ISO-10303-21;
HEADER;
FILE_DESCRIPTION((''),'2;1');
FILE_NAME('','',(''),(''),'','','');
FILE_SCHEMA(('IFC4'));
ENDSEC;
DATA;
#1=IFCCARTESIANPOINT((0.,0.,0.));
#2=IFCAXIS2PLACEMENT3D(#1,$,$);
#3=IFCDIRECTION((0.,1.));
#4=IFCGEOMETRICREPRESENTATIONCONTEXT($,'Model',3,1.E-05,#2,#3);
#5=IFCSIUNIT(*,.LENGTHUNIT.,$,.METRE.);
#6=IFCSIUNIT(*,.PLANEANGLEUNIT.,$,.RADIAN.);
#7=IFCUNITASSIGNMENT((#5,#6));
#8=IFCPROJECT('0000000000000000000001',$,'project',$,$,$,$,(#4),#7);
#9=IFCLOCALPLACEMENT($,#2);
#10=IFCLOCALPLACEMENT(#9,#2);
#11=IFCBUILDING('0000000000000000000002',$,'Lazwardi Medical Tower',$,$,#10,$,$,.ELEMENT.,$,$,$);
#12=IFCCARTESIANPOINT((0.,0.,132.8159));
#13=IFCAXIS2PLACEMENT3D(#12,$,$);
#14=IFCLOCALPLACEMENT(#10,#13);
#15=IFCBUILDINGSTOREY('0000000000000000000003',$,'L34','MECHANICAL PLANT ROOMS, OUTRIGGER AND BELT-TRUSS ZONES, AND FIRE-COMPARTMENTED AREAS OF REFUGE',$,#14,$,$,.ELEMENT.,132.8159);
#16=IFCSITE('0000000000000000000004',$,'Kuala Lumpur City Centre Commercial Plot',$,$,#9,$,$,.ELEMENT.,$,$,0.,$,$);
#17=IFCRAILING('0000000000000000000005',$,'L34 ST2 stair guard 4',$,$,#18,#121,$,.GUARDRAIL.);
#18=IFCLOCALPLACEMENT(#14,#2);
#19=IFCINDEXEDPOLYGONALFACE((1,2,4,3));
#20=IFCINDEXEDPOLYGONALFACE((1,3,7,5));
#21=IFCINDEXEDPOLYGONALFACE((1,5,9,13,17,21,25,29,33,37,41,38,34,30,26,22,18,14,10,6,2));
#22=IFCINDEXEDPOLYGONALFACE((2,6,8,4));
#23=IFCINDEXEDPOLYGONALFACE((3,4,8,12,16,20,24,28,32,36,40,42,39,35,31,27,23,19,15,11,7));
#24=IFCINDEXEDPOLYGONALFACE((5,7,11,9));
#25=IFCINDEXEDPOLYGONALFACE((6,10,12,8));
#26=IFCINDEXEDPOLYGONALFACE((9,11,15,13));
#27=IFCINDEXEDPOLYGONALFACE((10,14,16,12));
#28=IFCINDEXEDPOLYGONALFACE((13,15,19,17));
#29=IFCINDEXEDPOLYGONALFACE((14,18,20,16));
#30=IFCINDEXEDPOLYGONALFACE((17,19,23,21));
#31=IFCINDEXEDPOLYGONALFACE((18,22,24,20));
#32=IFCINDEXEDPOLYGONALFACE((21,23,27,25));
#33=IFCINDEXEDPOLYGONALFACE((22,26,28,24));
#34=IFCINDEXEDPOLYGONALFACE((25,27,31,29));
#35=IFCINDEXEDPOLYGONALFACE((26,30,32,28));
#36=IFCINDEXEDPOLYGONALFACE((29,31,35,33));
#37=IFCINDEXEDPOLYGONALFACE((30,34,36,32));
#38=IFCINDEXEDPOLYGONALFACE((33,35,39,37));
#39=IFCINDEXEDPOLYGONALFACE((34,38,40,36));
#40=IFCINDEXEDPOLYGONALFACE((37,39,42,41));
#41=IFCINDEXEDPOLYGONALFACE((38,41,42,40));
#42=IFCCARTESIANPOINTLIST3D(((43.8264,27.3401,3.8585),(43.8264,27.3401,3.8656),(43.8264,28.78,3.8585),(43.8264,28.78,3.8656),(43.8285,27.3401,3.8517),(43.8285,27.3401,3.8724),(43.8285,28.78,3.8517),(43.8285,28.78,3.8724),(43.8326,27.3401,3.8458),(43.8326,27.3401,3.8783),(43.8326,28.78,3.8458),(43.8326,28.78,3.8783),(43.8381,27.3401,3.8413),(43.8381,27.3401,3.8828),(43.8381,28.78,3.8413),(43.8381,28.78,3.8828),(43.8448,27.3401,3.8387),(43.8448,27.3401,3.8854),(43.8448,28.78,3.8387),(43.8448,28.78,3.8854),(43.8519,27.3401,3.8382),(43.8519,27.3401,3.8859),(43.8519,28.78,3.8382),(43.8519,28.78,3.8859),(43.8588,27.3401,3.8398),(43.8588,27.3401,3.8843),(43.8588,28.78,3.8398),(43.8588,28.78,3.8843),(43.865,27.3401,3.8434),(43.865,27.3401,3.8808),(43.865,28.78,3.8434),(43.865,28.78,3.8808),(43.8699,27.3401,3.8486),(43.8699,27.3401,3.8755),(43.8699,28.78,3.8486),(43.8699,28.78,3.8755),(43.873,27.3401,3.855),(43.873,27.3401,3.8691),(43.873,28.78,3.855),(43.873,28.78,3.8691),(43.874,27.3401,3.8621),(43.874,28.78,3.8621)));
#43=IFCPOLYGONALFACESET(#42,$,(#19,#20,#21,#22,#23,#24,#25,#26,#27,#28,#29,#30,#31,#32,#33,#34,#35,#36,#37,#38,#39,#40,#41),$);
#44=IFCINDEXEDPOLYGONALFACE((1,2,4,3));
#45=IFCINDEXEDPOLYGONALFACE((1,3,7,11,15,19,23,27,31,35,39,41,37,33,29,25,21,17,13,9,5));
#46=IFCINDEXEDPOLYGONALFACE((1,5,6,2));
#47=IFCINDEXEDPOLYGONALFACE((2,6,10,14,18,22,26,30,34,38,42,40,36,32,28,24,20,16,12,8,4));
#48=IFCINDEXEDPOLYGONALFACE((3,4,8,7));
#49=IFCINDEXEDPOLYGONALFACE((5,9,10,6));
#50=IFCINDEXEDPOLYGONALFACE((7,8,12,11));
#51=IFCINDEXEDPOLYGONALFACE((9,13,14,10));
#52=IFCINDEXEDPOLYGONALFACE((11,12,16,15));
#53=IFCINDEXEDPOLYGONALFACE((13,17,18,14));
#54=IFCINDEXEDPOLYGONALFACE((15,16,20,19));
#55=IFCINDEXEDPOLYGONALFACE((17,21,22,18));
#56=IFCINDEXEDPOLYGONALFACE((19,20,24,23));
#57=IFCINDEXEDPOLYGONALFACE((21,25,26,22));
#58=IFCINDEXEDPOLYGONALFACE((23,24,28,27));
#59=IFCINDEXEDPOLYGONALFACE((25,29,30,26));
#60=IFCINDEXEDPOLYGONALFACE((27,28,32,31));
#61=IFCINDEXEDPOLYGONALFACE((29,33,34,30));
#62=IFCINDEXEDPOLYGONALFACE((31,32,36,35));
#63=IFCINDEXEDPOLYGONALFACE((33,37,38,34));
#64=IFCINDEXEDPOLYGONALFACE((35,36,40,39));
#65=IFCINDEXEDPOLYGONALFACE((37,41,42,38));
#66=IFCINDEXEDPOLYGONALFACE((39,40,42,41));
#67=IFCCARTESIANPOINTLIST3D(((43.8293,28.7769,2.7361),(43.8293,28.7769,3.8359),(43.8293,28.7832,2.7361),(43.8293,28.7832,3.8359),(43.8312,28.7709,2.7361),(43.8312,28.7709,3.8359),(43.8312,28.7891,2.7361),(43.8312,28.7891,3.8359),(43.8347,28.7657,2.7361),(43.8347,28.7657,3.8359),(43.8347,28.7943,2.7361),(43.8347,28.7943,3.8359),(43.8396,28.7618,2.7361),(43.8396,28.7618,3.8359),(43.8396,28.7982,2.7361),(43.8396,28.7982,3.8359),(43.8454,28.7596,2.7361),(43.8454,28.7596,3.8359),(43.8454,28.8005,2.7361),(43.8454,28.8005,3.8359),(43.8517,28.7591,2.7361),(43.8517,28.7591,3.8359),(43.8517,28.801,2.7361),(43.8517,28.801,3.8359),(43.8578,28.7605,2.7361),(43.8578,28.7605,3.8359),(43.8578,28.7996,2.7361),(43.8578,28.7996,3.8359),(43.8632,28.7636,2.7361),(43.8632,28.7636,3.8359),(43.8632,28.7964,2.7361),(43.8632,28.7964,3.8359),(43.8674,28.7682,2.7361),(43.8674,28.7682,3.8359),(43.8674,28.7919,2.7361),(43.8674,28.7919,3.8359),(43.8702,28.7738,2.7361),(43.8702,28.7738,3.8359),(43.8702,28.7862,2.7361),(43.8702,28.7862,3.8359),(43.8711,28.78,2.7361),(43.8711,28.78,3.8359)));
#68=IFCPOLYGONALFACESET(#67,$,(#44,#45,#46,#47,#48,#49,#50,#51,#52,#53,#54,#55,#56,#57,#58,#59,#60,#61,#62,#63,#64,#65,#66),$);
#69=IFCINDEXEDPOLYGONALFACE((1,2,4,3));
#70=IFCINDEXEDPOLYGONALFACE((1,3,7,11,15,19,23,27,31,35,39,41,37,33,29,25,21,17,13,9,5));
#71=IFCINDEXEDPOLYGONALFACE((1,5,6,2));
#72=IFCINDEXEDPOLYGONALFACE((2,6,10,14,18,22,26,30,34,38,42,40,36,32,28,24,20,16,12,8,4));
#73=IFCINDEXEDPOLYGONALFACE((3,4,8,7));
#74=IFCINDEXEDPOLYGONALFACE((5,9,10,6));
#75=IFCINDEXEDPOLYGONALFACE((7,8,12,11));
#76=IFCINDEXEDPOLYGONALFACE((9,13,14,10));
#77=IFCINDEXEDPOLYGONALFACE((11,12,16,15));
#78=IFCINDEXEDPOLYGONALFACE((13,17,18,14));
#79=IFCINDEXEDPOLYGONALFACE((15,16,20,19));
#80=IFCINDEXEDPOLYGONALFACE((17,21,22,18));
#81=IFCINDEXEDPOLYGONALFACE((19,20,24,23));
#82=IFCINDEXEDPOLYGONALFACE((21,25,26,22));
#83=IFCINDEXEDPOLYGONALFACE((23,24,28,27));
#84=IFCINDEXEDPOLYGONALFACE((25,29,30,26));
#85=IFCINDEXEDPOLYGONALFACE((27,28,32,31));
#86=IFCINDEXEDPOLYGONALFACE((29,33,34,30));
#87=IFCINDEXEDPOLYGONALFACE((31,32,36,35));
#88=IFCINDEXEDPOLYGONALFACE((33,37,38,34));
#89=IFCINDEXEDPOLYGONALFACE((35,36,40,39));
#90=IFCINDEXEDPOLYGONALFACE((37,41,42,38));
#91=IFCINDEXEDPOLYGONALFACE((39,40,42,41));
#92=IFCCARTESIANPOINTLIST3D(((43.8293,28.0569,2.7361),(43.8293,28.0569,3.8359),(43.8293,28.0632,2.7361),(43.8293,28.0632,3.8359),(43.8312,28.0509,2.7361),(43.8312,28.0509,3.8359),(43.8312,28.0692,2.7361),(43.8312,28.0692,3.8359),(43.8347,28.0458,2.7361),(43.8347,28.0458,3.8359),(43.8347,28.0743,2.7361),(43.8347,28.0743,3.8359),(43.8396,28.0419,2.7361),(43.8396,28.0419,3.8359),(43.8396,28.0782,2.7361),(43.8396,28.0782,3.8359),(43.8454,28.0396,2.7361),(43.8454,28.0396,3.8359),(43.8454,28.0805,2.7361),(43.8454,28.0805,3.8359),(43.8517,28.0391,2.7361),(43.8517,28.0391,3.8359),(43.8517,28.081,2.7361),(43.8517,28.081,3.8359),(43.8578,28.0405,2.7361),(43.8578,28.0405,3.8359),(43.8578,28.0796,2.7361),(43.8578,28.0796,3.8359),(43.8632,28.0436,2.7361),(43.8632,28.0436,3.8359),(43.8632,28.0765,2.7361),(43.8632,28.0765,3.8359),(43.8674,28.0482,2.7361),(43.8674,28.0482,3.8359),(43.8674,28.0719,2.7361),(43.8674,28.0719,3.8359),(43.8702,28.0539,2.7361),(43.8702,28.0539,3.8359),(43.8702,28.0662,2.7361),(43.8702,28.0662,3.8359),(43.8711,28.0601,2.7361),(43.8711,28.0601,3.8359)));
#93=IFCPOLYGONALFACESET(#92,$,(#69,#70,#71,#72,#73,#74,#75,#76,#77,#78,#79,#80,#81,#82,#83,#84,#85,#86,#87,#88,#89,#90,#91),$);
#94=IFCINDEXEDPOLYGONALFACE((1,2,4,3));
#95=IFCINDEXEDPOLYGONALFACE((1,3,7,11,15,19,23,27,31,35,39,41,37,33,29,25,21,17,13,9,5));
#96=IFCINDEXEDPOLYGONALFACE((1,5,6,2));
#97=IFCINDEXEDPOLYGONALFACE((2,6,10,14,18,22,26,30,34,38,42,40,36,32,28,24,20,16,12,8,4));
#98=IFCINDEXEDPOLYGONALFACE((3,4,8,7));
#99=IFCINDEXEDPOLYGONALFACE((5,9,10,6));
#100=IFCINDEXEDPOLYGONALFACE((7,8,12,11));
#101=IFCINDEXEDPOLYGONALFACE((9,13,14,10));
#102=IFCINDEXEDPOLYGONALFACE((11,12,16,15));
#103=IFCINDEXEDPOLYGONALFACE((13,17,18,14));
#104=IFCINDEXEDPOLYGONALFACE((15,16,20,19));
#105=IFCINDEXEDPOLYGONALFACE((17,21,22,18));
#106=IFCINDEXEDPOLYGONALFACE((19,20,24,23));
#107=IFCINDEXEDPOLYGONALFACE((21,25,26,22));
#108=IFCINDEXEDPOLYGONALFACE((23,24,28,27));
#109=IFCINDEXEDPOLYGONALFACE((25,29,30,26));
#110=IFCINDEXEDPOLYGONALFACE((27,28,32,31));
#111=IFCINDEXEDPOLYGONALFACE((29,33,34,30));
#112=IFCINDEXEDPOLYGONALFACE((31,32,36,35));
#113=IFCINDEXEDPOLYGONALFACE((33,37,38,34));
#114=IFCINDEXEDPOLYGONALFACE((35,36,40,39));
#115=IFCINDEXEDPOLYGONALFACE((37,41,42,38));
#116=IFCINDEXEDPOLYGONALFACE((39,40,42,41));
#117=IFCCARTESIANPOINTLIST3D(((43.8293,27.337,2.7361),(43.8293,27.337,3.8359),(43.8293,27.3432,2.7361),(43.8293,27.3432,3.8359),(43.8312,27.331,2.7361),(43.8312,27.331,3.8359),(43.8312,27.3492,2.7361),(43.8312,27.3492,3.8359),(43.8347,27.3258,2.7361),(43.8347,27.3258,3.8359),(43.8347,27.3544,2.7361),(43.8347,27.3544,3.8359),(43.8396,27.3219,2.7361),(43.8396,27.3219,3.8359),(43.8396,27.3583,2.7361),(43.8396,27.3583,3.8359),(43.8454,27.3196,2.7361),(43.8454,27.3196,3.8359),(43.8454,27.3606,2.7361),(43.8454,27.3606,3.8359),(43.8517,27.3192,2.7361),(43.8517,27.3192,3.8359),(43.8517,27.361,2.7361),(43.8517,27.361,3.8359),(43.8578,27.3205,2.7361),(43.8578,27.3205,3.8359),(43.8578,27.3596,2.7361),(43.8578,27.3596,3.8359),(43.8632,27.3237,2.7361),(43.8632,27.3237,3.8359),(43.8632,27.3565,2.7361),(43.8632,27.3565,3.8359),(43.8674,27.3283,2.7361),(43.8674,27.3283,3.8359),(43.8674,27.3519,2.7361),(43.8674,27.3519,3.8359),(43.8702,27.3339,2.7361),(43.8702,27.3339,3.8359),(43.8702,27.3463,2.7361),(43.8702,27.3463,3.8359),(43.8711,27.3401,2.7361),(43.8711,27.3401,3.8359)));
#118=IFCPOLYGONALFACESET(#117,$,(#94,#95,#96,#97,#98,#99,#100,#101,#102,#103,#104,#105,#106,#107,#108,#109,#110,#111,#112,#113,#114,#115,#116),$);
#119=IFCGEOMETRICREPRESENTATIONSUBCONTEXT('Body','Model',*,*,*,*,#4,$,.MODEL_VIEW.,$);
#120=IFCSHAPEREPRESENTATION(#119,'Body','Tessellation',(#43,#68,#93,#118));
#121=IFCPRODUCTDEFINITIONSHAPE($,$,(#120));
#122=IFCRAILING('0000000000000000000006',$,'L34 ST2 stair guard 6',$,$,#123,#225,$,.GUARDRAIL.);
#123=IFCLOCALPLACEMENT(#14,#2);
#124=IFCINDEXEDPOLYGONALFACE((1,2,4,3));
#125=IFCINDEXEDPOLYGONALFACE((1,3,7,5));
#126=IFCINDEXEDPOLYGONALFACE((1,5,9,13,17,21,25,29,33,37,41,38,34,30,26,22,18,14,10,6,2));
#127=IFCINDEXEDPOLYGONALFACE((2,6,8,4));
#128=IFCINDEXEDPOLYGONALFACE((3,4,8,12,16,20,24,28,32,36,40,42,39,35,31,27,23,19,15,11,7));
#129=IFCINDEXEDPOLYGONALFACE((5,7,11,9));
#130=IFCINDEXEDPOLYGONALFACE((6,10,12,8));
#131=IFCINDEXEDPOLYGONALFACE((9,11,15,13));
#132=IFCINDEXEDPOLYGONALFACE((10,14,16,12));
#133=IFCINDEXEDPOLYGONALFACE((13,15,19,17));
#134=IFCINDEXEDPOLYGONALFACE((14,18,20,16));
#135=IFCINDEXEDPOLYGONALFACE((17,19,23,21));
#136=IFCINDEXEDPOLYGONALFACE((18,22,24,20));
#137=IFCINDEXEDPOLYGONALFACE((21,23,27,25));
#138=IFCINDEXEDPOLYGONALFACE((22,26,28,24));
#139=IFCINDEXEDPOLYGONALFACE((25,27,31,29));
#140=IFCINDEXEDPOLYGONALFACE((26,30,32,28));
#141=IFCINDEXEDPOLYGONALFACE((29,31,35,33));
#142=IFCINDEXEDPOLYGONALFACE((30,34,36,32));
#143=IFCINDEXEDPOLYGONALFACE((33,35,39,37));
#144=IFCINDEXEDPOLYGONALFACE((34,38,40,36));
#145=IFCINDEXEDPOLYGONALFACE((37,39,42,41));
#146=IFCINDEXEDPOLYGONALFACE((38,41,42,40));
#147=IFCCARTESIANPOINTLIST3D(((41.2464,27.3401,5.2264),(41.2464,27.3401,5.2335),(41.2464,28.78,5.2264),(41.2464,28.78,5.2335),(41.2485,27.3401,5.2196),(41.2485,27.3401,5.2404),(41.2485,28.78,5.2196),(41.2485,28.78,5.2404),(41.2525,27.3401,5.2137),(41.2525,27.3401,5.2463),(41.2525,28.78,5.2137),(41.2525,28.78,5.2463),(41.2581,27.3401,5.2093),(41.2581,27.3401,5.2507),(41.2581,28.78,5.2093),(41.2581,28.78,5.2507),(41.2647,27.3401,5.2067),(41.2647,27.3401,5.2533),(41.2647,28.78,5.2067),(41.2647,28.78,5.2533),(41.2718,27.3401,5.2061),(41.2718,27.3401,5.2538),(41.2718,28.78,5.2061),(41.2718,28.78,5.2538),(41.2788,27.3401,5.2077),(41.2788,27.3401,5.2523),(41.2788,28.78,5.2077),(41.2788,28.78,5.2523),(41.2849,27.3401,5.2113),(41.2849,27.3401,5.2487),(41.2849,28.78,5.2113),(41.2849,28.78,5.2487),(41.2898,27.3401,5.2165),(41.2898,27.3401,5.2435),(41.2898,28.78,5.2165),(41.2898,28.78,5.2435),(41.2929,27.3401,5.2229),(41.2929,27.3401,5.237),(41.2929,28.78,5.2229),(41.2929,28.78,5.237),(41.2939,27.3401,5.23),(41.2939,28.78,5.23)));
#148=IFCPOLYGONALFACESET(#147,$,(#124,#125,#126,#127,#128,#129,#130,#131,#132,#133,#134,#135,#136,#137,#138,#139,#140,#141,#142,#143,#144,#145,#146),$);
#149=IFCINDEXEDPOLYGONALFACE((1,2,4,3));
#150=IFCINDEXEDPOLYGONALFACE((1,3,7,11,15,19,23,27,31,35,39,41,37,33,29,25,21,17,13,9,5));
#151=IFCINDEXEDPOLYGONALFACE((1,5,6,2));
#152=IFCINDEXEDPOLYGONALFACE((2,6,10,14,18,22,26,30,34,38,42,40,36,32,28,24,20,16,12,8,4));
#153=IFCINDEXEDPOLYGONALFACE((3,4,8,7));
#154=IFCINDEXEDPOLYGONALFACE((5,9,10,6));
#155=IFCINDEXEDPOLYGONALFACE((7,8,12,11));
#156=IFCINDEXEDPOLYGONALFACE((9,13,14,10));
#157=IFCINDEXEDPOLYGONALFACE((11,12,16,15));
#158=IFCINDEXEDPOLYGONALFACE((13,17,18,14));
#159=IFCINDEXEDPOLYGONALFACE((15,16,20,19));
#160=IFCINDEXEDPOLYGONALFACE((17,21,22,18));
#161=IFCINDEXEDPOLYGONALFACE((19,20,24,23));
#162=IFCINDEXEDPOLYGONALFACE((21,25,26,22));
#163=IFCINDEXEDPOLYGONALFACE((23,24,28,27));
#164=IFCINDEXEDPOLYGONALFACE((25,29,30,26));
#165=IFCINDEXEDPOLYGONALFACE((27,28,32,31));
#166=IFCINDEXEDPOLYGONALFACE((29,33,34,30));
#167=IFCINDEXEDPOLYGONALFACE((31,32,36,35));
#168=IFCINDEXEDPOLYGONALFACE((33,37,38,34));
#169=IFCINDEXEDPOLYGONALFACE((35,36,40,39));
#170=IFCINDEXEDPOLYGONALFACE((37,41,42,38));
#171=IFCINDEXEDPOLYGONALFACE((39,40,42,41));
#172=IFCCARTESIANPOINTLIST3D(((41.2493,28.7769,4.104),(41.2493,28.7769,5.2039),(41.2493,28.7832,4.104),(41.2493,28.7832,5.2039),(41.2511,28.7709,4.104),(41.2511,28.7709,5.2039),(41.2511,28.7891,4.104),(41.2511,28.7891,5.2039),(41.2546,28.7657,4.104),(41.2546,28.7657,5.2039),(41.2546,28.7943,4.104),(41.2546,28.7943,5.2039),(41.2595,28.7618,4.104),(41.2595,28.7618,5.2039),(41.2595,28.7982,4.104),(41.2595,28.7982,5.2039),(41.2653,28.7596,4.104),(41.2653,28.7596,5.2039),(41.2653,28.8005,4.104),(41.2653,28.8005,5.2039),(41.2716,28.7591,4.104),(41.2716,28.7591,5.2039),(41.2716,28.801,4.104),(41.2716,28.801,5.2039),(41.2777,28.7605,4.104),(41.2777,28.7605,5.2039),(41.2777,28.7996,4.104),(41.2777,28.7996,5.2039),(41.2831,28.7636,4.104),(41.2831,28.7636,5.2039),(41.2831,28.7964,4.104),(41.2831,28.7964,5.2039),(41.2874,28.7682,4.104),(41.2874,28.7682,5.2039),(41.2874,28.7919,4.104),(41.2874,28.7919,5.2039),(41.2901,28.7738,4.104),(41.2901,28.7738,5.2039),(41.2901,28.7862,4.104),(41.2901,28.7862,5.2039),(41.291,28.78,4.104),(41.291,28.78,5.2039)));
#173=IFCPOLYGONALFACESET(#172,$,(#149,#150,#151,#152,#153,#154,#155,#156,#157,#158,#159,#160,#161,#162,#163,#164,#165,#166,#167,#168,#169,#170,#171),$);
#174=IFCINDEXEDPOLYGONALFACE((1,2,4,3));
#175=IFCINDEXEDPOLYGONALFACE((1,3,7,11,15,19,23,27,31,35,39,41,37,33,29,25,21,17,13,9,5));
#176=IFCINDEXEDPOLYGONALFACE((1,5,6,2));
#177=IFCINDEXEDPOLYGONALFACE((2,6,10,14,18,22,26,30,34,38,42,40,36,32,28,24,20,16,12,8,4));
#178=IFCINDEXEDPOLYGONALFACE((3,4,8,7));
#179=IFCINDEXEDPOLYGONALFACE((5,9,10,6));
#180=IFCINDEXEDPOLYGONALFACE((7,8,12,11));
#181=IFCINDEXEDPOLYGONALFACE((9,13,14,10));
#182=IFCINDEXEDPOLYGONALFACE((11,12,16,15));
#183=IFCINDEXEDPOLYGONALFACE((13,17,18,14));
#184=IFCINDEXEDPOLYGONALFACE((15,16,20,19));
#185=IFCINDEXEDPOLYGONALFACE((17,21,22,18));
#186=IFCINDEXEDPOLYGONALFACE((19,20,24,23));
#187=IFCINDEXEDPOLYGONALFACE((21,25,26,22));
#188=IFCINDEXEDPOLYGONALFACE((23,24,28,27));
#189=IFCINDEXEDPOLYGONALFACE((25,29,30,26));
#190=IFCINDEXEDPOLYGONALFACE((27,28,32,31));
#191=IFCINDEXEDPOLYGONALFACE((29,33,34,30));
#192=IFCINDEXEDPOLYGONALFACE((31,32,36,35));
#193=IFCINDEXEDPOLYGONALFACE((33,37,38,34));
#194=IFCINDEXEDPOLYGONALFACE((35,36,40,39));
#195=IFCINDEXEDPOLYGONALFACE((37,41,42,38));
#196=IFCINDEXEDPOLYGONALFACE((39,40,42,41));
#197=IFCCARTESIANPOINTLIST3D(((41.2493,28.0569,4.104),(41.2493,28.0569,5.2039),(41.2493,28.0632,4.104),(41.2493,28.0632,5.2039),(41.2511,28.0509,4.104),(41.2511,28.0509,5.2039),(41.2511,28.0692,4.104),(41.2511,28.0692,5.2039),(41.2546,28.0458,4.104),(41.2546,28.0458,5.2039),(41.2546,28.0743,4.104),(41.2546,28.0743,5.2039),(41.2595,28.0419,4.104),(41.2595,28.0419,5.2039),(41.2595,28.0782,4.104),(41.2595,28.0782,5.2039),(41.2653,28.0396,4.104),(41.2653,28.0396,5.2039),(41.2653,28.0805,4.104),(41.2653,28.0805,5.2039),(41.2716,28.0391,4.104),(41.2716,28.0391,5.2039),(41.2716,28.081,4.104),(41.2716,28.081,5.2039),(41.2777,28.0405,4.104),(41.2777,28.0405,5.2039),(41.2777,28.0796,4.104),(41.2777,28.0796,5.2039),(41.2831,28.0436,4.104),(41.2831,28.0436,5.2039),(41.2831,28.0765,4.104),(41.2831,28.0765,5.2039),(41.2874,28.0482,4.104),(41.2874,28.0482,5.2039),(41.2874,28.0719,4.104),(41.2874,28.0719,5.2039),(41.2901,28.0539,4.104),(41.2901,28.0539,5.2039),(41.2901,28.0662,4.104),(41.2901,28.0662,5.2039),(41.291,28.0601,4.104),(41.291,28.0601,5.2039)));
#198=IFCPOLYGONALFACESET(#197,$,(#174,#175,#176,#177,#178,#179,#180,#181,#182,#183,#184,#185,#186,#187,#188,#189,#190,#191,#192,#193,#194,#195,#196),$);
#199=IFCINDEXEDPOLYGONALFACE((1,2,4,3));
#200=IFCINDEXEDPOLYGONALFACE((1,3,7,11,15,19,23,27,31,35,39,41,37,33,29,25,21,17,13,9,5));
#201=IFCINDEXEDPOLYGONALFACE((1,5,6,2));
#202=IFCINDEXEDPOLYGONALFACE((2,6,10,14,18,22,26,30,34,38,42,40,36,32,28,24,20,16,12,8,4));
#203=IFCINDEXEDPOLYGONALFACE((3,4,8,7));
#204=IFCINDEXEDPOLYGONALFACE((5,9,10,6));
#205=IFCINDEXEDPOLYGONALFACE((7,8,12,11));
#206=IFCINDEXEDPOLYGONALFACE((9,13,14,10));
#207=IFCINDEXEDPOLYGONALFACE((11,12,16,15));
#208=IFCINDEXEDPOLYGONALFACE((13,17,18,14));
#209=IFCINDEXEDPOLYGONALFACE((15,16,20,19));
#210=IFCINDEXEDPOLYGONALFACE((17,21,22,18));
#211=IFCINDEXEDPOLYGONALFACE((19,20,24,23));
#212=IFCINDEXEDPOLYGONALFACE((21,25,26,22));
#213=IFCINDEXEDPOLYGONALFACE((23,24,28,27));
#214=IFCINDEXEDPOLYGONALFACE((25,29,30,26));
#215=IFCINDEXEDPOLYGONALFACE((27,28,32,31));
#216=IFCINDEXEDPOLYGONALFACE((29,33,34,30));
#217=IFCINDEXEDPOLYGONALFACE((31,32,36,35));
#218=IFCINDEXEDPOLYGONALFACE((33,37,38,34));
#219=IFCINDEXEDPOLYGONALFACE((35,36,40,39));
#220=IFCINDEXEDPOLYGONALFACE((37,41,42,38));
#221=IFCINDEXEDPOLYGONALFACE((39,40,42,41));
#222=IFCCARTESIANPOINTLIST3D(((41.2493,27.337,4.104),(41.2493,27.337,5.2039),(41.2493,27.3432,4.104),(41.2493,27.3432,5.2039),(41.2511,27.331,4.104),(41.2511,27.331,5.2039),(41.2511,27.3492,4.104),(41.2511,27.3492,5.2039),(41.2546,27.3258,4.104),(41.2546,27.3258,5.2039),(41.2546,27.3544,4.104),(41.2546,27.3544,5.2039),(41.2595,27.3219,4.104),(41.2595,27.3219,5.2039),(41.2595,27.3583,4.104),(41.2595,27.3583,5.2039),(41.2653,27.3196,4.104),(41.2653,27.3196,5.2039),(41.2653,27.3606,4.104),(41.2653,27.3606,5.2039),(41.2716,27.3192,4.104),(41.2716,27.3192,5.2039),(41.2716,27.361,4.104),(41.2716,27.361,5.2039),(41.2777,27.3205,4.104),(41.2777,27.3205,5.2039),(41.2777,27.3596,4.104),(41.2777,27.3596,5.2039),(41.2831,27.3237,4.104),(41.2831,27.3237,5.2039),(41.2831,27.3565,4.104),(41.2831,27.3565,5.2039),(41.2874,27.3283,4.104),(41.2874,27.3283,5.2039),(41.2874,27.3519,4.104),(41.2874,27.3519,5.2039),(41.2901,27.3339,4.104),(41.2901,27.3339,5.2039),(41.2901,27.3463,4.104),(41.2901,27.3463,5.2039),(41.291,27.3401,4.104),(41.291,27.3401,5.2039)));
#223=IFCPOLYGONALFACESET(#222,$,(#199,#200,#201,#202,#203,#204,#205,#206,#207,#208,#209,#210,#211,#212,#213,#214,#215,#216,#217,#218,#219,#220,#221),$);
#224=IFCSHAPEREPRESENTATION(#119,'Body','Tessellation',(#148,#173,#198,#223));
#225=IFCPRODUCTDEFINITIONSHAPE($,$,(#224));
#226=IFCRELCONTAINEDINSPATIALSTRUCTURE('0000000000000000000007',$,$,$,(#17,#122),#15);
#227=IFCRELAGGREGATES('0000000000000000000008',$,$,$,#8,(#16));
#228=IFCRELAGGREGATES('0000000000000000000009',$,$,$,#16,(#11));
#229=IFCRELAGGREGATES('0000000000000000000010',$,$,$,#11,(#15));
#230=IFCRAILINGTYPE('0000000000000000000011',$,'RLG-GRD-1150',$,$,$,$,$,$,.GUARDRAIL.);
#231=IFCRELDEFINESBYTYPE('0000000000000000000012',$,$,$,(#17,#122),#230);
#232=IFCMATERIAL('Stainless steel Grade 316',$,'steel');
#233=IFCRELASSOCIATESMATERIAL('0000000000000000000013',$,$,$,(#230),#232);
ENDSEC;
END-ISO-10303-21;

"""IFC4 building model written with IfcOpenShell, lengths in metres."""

from ifc_helpers import new_model, si_unit, direction, frame, origin, origin_2d, place, context, subcontext, project, spatial, circle, extrude, material, type_object, element, save


model = new_model("IFC4")

# Units and contexts
model_context = context("Model", 3, precision=1e-05, world=origin(), true_north=direction((0.0, 1.0)))
body_context = subcontext(model_context, "Body", "Model", "MODEL_VIEW")
ifc_project = project(units=[si_unit("LENGTHUNIT", "METRE"), si_unit("PLANEANGLEUNIT", "RADIAN")], contexts=[model_context])

# Site, building, storey
site_placement = place(None, origin())
site = spatial("IfcSite", under=ifc_project, at=site_placement, Name="Kuala Lumpur City Centre Commercial Plot", CompositionType="ELEMENT", RefElevation=0.0)
building_placement = place(site_placement, origin())
building = spatial("IfcBuilding", under=site, at=building_placement, Name="Lazwardi Medical Tower", CompositionType="ELEMENT")
storey_placement = place(building_placement, frame((0.0, 0.0, 132.8159)))
storey = spatial("IfcBuildingStorey", under=building, at=storey_placement, Name="L34", Description="MECHANICAL PLANT ROOMS, OUTRIGGER AND BELT-TRUSS ZONES, AND FIRE-COMPARTMENTED AREAS OF REFUGE", CompositionType="ELEMENT", Elevation=132.8159)

# Railings
ifc_material_1 = material(Name="Stainless steel Grade 316", Category="steel")
railing_type_1 = type_object("IfcRailingType", Name="RLG-GRD-1150", PredefinedType="GUARDRAIL", material=ifc_material_1)
for number, where, name in (
    (1, (43.8501, 28.78, 2.7361), "L34 ST2 stair guard 4"),
    (2, (41.27, 28.78, 4.104), "L34 ST2 stair guard 6"),
):
    element("IfcRailing", number, at=place(storey_placement, frame(where)), inside=storey, type_object=railing_type_1, Name=name, PredefinedType="GUARDRAIL", context=body_context, shape_type="SweptSolid", body=[
        extrude(circle(Radius=0.0239, at=origin_2d()), frame((0.0, 0.0, 1.126), z_axis=(0.0, -1.0, 0.0), x_axis=(1.0, 0.0, 0.0)), (0.0, 0.0, 1.0), 1.4399),
        extrude(circle(Radius=0.021, at=origin_2d()), origin(), (0.0, 0.0, 1.0), 1.0999),
        extrude(circle(Radius=0.021, at=origin_2d()), frame((0.0, -0.72, 0.0)), (0.0, 0.0, 1.0), 1.0999),
        extrude(circle(Radius=0.021, at=origin_2d()), frame((0.0, -1.4399, 0.0)), (0.0, 0.0, 1.0), 1.0999),
    ])

save(model, "model.ifc")
